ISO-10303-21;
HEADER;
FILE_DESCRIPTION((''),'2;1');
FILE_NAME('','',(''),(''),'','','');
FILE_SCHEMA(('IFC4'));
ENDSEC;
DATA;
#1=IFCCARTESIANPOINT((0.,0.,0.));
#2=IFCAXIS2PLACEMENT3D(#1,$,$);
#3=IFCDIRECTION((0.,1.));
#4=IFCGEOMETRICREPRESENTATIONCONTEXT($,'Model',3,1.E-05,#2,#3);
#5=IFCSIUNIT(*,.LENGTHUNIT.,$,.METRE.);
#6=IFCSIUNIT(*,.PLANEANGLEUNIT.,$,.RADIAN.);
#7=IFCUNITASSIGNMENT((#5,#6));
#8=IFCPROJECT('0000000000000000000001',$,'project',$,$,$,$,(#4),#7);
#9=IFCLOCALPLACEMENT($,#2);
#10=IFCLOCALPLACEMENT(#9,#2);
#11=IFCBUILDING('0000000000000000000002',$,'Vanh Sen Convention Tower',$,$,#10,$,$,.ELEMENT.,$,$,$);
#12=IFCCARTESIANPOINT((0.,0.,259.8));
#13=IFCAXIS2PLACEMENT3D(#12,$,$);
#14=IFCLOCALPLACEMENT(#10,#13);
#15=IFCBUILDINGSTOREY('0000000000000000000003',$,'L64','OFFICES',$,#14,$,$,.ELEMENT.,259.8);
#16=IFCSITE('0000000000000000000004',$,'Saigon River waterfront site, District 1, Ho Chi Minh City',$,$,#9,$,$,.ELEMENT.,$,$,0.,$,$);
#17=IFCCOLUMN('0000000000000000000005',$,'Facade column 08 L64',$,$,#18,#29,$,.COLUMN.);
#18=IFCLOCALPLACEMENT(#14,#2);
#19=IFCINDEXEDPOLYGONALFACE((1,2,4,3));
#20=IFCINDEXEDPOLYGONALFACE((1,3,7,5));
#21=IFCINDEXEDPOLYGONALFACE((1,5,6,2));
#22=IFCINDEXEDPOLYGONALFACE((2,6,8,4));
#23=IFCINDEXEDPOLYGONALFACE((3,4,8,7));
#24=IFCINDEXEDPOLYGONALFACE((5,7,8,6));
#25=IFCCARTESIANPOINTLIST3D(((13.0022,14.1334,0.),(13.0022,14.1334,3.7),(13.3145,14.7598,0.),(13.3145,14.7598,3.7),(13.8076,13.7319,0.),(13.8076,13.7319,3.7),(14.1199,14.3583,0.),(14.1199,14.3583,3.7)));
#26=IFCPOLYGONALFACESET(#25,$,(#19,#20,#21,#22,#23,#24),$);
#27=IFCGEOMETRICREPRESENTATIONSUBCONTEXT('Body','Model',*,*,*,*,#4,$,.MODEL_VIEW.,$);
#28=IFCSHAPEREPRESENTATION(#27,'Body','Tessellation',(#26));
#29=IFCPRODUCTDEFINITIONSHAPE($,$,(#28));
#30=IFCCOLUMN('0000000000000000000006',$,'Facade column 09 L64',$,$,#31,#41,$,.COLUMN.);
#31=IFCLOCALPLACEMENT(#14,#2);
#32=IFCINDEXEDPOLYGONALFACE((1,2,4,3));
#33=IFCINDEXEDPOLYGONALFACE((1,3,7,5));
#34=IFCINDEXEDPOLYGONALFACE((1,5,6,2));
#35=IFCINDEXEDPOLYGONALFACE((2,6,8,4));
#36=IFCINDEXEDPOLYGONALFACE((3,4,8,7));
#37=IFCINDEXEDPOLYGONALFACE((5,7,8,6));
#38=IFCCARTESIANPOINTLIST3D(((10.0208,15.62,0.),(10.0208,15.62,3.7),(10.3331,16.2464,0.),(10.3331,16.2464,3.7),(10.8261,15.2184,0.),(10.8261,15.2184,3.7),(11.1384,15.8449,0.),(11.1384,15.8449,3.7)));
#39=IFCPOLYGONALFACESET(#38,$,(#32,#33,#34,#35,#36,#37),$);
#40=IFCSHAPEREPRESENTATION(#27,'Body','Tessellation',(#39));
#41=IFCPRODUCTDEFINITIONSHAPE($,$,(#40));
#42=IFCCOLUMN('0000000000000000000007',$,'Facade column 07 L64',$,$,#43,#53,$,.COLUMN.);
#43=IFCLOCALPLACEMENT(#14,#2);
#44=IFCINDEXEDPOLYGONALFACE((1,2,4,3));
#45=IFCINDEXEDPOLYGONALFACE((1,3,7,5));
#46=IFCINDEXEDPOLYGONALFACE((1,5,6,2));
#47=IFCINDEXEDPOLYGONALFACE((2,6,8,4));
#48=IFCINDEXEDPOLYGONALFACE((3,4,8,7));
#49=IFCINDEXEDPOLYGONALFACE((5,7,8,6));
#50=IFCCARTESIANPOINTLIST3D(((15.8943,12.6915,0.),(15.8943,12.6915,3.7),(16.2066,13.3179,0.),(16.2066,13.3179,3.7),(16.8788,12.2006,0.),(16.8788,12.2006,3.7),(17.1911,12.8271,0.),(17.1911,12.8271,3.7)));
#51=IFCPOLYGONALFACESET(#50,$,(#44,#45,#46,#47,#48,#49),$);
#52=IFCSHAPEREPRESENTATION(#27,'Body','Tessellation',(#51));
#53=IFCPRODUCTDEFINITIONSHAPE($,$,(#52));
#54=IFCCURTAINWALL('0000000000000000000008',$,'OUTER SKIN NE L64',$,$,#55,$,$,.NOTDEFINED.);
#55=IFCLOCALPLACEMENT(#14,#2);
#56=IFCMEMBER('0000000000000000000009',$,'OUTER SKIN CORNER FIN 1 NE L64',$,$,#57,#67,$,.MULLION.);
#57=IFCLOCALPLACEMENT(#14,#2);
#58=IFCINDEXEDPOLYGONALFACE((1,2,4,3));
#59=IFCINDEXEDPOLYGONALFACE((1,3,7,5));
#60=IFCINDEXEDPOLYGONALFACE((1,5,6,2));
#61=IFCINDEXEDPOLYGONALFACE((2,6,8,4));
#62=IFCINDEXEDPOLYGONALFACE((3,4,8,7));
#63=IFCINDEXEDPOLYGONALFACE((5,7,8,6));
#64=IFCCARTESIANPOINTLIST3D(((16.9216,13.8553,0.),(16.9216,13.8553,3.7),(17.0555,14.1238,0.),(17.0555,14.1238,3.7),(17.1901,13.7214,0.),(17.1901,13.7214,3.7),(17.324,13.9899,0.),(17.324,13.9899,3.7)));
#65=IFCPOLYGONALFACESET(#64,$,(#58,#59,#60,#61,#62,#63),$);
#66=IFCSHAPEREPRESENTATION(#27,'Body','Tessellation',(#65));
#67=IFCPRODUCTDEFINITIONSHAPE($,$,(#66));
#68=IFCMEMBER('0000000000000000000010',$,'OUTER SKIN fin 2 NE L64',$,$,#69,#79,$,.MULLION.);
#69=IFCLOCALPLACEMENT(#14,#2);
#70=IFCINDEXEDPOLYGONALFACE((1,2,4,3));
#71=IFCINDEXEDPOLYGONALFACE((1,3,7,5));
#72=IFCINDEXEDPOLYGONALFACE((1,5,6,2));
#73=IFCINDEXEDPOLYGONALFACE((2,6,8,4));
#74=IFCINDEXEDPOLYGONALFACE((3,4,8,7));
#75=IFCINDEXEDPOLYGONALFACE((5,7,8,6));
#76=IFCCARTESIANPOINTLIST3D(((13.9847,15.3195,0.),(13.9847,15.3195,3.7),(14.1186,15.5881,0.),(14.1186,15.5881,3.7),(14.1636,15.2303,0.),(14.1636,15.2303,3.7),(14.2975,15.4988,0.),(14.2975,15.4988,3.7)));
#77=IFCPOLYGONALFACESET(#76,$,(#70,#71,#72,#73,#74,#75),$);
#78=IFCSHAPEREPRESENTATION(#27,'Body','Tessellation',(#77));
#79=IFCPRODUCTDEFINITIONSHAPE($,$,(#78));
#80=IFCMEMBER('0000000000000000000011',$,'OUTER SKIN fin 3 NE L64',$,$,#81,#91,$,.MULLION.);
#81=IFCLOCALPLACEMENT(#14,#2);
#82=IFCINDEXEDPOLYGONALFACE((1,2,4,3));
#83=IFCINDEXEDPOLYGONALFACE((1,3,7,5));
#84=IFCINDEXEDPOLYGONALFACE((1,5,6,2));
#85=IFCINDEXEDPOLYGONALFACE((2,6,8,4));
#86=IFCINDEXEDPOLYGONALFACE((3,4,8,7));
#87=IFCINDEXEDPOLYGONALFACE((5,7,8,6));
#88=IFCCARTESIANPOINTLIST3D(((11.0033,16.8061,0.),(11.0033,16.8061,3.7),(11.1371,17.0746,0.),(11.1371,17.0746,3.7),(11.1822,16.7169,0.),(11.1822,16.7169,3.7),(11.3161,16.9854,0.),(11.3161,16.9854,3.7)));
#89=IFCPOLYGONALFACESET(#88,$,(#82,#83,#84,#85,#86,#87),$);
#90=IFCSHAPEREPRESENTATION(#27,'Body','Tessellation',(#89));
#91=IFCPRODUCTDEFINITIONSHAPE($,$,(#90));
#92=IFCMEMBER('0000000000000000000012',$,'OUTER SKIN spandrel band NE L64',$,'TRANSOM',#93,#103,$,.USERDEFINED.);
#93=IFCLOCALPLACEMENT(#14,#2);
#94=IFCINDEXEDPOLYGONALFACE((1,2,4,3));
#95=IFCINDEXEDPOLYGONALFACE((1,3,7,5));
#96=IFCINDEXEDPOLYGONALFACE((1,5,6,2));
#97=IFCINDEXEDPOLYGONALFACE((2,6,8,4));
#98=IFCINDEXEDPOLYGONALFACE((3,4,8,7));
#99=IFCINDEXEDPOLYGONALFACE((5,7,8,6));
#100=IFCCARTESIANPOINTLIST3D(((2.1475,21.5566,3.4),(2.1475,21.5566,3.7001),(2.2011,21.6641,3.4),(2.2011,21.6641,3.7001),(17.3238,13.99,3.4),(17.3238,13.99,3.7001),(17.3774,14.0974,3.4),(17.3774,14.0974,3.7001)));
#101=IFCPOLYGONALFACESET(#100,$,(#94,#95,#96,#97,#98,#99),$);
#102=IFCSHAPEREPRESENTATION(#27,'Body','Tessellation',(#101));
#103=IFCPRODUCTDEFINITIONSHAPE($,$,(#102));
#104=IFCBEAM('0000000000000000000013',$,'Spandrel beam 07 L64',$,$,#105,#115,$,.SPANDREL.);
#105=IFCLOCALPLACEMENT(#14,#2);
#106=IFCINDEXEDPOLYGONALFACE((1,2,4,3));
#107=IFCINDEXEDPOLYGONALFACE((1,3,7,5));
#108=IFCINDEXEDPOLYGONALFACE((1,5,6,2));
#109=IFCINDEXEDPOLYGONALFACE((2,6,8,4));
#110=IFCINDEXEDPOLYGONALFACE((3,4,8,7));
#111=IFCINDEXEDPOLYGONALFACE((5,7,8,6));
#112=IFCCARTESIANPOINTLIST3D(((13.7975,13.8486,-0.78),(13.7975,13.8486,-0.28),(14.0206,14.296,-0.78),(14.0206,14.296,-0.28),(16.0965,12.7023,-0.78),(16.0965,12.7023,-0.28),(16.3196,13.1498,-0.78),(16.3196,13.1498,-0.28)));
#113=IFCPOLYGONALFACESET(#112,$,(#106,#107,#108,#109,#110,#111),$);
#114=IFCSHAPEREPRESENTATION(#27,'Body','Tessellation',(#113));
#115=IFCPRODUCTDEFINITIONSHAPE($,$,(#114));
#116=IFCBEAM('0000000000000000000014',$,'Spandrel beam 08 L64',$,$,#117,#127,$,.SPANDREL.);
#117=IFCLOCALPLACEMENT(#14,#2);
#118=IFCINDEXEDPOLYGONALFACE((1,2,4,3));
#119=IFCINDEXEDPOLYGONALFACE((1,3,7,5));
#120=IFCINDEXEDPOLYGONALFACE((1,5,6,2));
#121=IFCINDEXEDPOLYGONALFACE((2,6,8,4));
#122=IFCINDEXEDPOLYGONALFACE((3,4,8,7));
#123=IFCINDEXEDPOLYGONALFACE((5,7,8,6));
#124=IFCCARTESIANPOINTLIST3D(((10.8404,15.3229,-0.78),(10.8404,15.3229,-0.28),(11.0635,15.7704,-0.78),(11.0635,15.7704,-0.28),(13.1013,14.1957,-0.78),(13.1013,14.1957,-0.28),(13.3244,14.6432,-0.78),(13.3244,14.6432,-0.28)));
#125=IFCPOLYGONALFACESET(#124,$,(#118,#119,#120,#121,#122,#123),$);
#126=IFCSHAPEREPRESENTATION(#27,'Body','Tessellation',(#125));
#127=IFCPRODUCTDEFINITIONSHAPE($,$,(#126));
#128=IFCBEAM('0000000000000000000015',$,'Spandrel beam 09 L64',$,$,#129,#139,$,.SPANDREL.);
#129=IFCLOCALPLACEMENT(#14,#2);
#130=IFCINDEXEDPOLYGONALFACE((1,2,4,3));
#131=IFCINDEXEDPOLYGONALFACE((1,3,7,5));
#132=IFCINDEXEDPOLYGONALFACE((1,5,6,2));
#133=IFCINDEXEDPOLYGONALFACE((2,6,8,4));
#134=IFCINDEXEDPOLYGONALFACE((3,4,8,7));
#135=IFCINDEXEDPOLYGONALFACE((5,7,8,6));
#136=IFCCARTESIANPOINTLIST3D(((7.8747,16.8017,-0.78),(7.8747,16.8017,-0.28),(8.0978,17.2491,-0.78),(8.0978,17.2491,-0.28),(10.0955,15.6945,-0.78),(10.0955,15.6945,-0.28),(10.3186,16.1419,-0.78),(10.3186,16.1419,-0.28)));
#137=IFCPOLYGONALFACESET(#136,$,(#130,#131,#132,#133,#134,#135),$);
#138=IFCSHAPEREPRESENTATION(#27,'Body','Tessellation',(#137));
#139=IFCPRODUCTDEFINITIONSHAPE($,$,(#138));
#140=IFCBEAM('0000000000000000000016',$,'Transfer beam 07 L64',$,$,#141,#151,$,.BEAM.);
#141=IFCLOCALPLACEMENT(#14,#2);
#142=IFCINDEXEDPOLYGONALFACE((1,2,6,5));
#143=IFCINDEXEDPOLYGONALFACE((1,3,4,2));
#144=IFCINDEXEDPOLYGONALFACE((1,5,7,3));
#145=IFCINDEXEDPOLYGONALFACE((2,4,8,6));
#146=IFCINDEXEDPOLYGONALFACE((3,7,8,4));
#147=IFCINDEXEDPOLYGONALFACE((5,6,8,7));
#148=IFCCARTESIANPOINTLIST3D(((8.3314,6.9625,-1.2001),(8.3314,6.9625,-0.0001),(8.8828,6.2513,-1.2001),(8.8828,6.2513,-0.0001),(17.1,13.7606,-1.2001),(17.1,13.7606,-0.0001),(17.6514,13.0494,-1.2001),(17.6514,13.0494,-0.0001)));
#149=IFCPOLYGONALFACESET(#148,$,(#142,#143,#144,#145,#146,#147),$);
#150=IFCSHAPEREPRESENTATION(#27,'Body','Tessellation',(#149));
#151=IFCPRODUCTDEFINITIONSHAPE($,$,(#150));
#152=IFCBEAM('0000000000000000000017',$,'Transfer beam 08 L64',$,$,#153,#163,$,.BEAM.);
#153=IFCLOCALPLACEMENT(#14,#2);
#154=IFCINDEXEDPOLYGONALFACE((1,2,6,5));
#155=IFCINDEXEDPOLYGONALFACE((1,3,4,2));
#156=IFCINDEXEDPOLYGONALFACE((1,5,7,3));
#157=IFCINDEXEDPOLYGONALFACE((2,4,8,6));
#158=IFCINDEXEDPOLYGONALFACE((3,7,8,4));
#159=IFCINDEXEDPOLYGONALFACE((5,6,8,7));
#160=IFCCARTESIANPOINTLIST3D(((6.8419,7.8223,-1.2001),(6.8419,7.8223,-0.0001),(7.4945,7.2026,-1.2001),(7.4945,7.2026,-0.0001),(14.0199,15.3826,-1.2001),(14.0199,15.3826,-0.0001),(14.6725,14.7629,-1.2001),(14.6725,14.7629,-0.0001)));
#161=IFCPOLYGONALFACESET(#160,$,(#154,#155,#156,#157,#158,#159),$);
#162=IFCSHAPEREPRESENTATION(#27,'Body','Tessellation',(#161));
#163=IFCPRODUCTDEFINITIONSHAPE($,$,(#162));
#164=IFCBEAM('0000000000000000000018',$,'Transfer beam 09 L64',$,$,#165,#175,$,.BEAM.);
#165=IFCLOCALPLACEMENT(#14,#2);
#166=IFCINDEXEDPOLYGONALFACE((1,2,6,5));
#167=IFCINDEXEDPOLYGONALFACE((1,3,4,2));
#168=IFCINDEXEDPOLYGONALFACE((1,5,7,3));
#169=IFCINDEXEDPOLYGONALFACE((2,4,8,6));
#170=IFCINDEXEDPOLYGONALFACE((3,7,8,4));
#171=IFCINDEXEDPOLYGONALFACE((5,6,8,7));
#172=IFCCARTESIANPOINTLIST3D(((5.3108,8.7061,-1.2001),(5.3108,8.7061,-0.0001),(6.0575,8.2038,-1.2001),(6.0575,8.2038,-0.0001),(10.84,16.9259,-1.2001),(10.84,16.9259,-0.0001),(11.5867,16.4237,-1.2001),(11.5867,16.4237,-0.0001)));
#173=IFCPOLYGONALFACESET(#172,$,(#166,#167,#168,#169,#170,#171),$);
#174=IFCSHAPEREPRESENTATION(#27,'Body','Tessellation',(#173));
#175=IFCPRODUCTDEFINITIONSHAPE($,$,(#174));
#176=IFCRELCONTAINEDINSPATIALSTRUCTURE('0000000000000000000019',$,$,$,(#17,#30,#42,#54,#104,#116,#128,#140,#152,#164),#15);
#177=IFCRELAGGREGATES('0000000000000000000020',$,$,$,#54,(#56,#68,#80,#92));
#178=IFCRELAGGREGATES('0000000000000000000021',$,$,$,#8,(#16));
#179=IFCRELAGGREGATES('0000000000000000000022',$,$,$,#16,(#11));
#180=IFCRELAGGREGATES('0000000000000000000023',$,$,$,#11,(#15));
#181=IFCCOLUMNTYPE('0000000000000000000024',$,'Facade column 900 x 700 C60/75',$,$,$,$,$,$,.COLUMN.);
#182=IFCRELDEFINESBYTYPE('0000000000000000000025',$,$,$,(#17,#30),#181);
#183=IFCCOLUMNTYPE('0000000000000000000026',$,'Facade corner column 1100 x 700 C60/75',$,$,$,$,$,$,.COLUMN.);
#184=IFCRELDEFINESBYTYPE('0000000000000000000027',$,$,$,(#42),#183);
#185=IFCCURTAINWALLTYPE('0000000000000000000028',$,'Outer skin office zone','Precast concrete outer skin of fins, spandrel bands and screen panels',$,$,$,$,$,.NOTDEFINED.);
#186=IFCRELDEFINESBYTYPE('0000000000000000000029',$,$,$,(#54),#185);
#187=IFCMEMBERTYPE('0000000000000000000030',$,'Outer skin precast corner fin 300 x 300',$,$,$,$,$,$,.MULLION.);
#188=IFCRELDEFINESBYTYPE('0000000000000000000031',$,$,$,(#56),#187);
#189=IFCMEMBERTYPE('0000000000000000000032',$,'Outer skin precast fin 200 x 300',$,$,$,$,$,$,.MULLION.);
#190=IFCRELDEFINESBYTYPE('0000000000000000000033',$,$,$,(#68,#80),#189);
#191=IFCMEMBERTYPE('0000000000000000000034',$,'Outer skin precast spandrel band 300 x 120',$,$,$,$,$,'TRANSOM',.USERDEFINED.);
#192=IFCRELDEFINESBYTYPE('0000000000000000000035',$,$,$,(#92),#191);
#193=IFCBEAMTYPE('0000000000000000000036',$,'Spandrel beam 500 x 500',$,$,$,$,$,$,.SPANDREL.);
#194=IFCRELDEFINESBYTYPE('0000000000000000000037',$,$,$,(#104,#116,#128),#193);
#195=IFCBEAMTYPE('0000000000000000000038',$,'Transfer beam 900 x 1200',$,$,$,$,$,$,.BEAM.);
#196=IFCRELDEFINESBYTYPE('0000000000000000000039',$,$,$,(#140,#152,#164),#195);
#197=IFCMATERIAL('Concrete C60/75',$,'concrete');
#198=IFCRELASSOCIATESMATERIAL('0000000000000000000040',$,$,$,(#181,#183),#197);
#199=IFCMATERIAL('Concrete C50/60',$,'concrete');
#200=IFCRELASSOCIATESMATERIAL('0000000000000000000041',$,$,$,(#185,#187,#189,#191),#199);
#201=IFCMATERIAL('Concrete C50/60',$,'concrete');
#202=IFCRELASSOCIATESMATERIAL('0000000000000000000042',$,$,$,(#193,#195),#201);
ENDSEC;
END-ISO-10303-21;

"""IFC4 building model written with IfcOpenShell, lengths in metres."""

from ifc_helpers import new_model, si_unit, direction, frame, origin, origin_2d, place, context, subcontext, project, spatial, rectangle, extrude, material, material_profile, profile_set, type_object, element, aggregate, save


model = new_model("IFC4")

# Units and contexts
model_context = context("Model", 3, precision=1e-05, world=origin(), true_north=direction((0.0, 1.0)))
body_context = subcontext(model_context, "Body", "Model", "MODEL_VIEW")
ifc_project = project(units=[si_unit("LENGTHUNIT", "METRE"), si_unit("PLANEANGLEUNIT", "RADIAN")], contexts=[model_context])

# Site, building, storey
site_placement = place(None, origin())
site = spatial("IfcSite", under=ifc_project, at=site_placement, Name="Saigon River waterfront site, District 1, Ho Chi Minh City", CompositionType="ELEMENT", RefElevation=0.0)
building_placement = place(site_placement, origin())
building = spatial("IfcBuilding", under=site, at=building_placement, Name="Vanh Sen Convention Tower", CompositionType="ELEMENT")
storey_placement = place(building_placement, frame((0.0, 0.0, 259.8)))
storey = spatial("IfcBuildingStorey", under=building, at=storey_placement, Name="L64", Description="OFFICES", CompositionType="ELEMENT", Elevation=259.8)

# Columns
ifc_material_1 = material(Name="Concrete C60/75", Category="concrete")
ifc_material_profile_1 = material_profile(ifc_material_1, rectangle(XDim=0.8999, YDim=0.7, at=origin_2d()), Name="RC 900X700")
ifc_profile_set_1 = profile_set([ifc_material_profile_1], Name="Concrete C60/75")
column_type_1 = type_object("IfcColumnType", Name="Facade column 900 x 700 C60/75", PredefinedType="COLUMN", material=ifc_profile_set_1)
for number, where, z_axis, x_axis, name in (
    (1, (13.561, 14.2458, 0.0), (0.0, 0.0, 1.0), (-0.894934, 0.446198, 0.0), "Facade column 08 L64"),
    (2, (10.5796, 15.7324, 0.0), (0.0, 0.0, 1.0), (-0.894934, 0.446198, 0.0), "Facade column 09 L64"),
):
    element("IfcColumn", number, at=place(storey_placement, frame(where, z_axis=z_axis, x_axis=x_axis)), inside=storey, type_object=column_type_1, Name=name, PredefinedType="COLUMN", context=body_context, shape_type="SweptSolid", body=[
        extrude(rectangle(XDim=0.8999, YDim=0.7, at=origin_2d()), origin(), (0.0, 0.0, 1.0), 3.7),
    ])
ifc_material_profile_2 = material_profile(ifc_material_1, rectangle(XDim=1.1001, YDim=0.7, at=origin_2d()), Name="RC 1100X700")
ifc_profile_set_2 = profile_set([ifc_material_profile_2], Name="Concrete C60/75")
column_type_2 = type_object("IfcColumnType", Name="Facade corner column 1100 x 700 C60/75", PredefinedType="COLUMN", material=ifc_profile_set_2)
column_placement = place(storey_placement, frame((16.5427, 12.7593, 0.0), z_axis=(0.0, 0.0, 1.0), x_axis=(-0.894934, 0.446198, 0.0)))
element("IfcColumn", 3, at=column_placement, inside=storey, type_object=column_type_2, Name="Facade column 07 L64", PredefinedType="COLUMN", context=body_context, shape_type="SweptSolid", body=[
    extrude(rectangle(XDim=1.1001, YDim=0.7, at=origin_2d()), origin(), (0.0, 0.0, 1.0), 3.7),
])

# Curtain wall, members
ifc_material_2 = material(Name="Concrete C50/60", Category="concrete")
curtain_wall_type = type_object("IfcCurtainWallType", Name="Outer skin office zone", Description="Precast concrete outer skin of fins, spandrel bands and screen panels", PredefinedType="NOTDEFINED", material=ifc_material_2)
curtain_wall_1_placement = place(storey_placement, origin())
curtain_wall_1 = element("IfcCurtainWall", 4, at=curtain_wall_1_placement, inside=storey, type_object=curtain_wall_type, Name="OUTER SKIN NE L64", PredefinedType="NOTDEFINED")
ifc_material_profile_3 = material_profile(ifc_material_2, rectangle(XDim=0.3, YDim=0.3, at=origin_2d()), Name="Outer skin precast corner fin 300 x 300")
ifc_profile_set_3 = profile_set([ifc_material_profile_3], Name="Concrete C50/60")
member_type_1 = type_object("IfcMemberType", Name="Outer skin precast corner fin 300 x 300", PredefinedType="MULLION", material=ifc_profile_set_3)
member_1_placement = place(storey_placement, frame((17.1228, 13.9226, 0.0), z_axis=(0.0, 0.0, 1.0), x_axis=(-0.894934, 0.446198, 0.0)))
member_1 = element("IfcMember", 5, at=member_1_placement, type_object=member_type_1, Name="OUTER SKIN CORNER FIN 1 NE L64", PredefinedType="MULLION", context=body_context, shape_type="SweptSolid", body=[
    extrude(rectangle(XDim=0.3, YDim=0.3, at=origin_2d()), origin(), (0.0, 0.0, 1.0), 3.7),
])
ifc_material_profile_4 = material_profile(ifc_material_2, rectangle(XDim=0.2, YDim=0.3, at=origin_2d()), Name="Outer skin precast fin 200 x 300")
ifc_profile_set_4 = profile_set([ifc_material_profile_4], Name="Concrete C50/60")
member_type_2 = type_object("IfcMemberType", Name="Outer skin precast fin 200 x 300", PredefinedType="MULLION", material=ifc_profile_set_4)
member_2_placement = place(storey_placement, frame((14.1411, 15.4092, 0.0), z_axis=(0.0, 0.0, 1.0), x_axis=(-0.894934, 0.446198, 0.0)))
member_2 = element("IfcMember", 6, at=member_2_placement, type_object=member_type_2, Name="OUTER SKIN fin 2 NE L64", PredefinedType="MULLION", context=body_context, shape_type="SweptSolid", body=[
    extrude(rectangle(XDim=0.2, YDim=0.3, at=origin_2d()), origin(), (0.0, 0.0, 1.0), 3.7),
])
member_3_placement = place(storey_placement, frame((11.1597, 16.8958, 0.0), z_axis=(0.0, 0.0, 1.0), x_axis=(-0.894934, 0.446198, 0.0)))
member_3 = element("IfcMember", 7, at=member_3_placement, type_object=member_type_2, Name="OUTER SKIN fin 3 NE L64", PredefinedType="MULLION", context=body_context, shape_type="SweptSolid", body=[
    extrude(rectangle(XDim=0.2, YDim=0.3, at=origin_2d()), origin(), (0.0, 0.0, 1.0), 3.7),
])
ifc_material_profile_5 = material_profile(ifc_material_2, rectangle(XDim=0.1201, YDim=0.3, at=origin_2d()), Name="Outer skin precast spandrel band 300 x 120")
ifc_profile_set_5 = profile_set([ifc_material_profile_5], Name="Concrete C50/60")
member_type_3 = type_object("IfcMemberType", Name="Outer skin precast spandrel band 300 x 120", ElementType="TRANSOM", PredefinedType="USERDEFINED", material=ifc_profile_set_5)
member_4_placement = place(storey_placement, frame((17.3506, 14.0437, 3.55), z_axis=(-0.894933, 0.4462, 0.0), x_axis=(-0.4462, -0.894933, 0.0)))
member_4 = element("IfcMember", 8, at=member_4_placement, type_object=member_type_3, Name="OUTER SKIN spandrel band NE L64", ObjectType="TRANSOM", PredefinedType="USERDEFINED", context=body_context, shape_type="SweptSolid", body=[
    extrude(rectangle(XDim=0.1201, YDim=0.3, at=origin_2d()), origin(), (0.0, 0.0, 1.0), 16.958),
])

# Beams
ifc_material_3 = material(Name="Concrete C50/60", Category="concrete")
ifc_material_profile_6 = material_profile(ifc_material_3, rectangle(XDim=0.5, YDim=0.5, at=origin_2d()), Name="RC 500X500")
ifc_profile_set_6 = profile_set([ifc_material_profile_6], Name="Concrete C50/60")
beam_type_1 = type_object("IfcBeamType", Name="Spandrel beam 500 x 500", PredefinedType="SPANDREL", material=ifc_profile_set_6)
beam_1_placement = place(storey_placement, frame((16.208, 12.926, -0.53), z_axis=(-0.894921, 0.446225, 0.0), x_axis=(-0.446225, -0.894921, 0.0)))
element("IfcBeam", 9, at=beam_1_placement, inside=storey, type_object=beam_type_1, Name="Spandrel beam 07 L64", PredefinedType="SPANDREL", context=body_context, shape_type="SweptSolid", body=[
    extrude(rectangle(XDim=0.5, YDim=0.5, at=origin_2d()), origin(), (0.0, 0.0, 1.0), 2.5688),
])
beam_2_placement = place(storey_placement, frame((13.2129, 14.4194, -0.53), z_axis=(-0.894948, 0.44617, 0.0), x_axis=(-0.44617, -0.894948, 0.0)))
element("IfcBeam", 10, at=beam_2_placement, inside=storey, type_object=beam_type_1, Name="Spandrel beam 08 L64", PredefinedType="SPANDREL", context=body_context, shape_type="SweptSolid", body=[
    extrude(rectangle(XDim=0.5, YDim=0.5, at=origin_2d()), origin(), (0.0, 0.0, 1.0), 2.5264),
])
beam_3_placement = place(storey_placement, frame((10.207, 15.9182, -0.53), z_axis=(-0.894938, 0.44619, 0.0), x_axis=(-0.44619, -0.894938, 0.0)))
element("IfcBeam", 11, at=beam_3_placement, inside=storey, type_object=beam_type_1, Name="Spandrel beam 09 L64", PredefinedType="SPANDREL", context=body_context, shape_type="SweptSolid", body=[
    extrude(rectangle(XDim=0.5, YDim=0.5, at=origin_2d()), origin(), (0.0, 0.0, 1.0), 2.4814),
])
ifc_material_profile_7 = material_profile(ifc_material_3, rectangle(XDim=0.8999, YDim=1.2, at=origin_2d()), Name="RC 900X1200")
ifc_profile_set_7 = profile_set([ifc_material_profile_7], Name="Concrete C50/60")
beam_type_2 = type_object("IfcBeamType", Name="Transfer beam 900 x 1200", PredefinedType="BEAM", material=ifc_profile_set_7)
beam_4_placement = place(storey_placement, frame((17.3757, 13.405, -0.6001), z_axis=(-0.790307, -0.612711, 0.0), x_axis=(0.612711, -0.790307, 0.0)))
element("IfcBeam", 12, at=beam_4_placement, inside=storey, type_object=beam_type_2, Name="Transfer beam 07 L64", PredefinedType="BEAM", context=body_context, shape_type="SweptSolid", body=[
    extrude(rectangle(XDim=0.8999, YDim=1.2, at=origin_2d()), origin(), (0.0, 0.0, 1.0), 11.0952),
])
beam_5_placement = place(storey_placement, frame((14.3462, 15.0728, -0.6001), z_axis=(-0.688532, -0.725206, 0.0), x_axis=(0.725206, -0.688532, 0.0)))
element("IfcBeam", 13, at=beam_5_placement, inside=storey, type_object=beam_type_2, Name="Transfer beam 08 L64", PredefinedType="BEAM", context=body_context, shape_type="SweptSolid", body=[
    extrude(rectangle(XDim=0.8999, YDim=1.2, at=origin_2d()), origin(), (0.0, 0.0, 1.0), 10.425),
])
beam_6_placement = place(storey_placement, frame((11.2134, 16.6748, -0.6001), z_axis=(-0.558142, -0.829746, 0.0), x_axis=(0.829746, -0.558142, 0.0)))
element("IfcBeam", 14, at=beam_6_placement, inside=storey, type_object=beam_type_2, Name="Transfer beam 09 L64", PredefinedType="BEAM", context=body_context, shape_type="SweptSolid", body=[
    extrude(rectangle(XDim=0.8999, YDim=1.2, at=origin_2d()), origin(), (0.0, 0.0, 1.0), 9.9065),
])

aggregate(curtain_wall_1, [member_1, member_2, member_3, member_4])

save(model, "model.ifc")
